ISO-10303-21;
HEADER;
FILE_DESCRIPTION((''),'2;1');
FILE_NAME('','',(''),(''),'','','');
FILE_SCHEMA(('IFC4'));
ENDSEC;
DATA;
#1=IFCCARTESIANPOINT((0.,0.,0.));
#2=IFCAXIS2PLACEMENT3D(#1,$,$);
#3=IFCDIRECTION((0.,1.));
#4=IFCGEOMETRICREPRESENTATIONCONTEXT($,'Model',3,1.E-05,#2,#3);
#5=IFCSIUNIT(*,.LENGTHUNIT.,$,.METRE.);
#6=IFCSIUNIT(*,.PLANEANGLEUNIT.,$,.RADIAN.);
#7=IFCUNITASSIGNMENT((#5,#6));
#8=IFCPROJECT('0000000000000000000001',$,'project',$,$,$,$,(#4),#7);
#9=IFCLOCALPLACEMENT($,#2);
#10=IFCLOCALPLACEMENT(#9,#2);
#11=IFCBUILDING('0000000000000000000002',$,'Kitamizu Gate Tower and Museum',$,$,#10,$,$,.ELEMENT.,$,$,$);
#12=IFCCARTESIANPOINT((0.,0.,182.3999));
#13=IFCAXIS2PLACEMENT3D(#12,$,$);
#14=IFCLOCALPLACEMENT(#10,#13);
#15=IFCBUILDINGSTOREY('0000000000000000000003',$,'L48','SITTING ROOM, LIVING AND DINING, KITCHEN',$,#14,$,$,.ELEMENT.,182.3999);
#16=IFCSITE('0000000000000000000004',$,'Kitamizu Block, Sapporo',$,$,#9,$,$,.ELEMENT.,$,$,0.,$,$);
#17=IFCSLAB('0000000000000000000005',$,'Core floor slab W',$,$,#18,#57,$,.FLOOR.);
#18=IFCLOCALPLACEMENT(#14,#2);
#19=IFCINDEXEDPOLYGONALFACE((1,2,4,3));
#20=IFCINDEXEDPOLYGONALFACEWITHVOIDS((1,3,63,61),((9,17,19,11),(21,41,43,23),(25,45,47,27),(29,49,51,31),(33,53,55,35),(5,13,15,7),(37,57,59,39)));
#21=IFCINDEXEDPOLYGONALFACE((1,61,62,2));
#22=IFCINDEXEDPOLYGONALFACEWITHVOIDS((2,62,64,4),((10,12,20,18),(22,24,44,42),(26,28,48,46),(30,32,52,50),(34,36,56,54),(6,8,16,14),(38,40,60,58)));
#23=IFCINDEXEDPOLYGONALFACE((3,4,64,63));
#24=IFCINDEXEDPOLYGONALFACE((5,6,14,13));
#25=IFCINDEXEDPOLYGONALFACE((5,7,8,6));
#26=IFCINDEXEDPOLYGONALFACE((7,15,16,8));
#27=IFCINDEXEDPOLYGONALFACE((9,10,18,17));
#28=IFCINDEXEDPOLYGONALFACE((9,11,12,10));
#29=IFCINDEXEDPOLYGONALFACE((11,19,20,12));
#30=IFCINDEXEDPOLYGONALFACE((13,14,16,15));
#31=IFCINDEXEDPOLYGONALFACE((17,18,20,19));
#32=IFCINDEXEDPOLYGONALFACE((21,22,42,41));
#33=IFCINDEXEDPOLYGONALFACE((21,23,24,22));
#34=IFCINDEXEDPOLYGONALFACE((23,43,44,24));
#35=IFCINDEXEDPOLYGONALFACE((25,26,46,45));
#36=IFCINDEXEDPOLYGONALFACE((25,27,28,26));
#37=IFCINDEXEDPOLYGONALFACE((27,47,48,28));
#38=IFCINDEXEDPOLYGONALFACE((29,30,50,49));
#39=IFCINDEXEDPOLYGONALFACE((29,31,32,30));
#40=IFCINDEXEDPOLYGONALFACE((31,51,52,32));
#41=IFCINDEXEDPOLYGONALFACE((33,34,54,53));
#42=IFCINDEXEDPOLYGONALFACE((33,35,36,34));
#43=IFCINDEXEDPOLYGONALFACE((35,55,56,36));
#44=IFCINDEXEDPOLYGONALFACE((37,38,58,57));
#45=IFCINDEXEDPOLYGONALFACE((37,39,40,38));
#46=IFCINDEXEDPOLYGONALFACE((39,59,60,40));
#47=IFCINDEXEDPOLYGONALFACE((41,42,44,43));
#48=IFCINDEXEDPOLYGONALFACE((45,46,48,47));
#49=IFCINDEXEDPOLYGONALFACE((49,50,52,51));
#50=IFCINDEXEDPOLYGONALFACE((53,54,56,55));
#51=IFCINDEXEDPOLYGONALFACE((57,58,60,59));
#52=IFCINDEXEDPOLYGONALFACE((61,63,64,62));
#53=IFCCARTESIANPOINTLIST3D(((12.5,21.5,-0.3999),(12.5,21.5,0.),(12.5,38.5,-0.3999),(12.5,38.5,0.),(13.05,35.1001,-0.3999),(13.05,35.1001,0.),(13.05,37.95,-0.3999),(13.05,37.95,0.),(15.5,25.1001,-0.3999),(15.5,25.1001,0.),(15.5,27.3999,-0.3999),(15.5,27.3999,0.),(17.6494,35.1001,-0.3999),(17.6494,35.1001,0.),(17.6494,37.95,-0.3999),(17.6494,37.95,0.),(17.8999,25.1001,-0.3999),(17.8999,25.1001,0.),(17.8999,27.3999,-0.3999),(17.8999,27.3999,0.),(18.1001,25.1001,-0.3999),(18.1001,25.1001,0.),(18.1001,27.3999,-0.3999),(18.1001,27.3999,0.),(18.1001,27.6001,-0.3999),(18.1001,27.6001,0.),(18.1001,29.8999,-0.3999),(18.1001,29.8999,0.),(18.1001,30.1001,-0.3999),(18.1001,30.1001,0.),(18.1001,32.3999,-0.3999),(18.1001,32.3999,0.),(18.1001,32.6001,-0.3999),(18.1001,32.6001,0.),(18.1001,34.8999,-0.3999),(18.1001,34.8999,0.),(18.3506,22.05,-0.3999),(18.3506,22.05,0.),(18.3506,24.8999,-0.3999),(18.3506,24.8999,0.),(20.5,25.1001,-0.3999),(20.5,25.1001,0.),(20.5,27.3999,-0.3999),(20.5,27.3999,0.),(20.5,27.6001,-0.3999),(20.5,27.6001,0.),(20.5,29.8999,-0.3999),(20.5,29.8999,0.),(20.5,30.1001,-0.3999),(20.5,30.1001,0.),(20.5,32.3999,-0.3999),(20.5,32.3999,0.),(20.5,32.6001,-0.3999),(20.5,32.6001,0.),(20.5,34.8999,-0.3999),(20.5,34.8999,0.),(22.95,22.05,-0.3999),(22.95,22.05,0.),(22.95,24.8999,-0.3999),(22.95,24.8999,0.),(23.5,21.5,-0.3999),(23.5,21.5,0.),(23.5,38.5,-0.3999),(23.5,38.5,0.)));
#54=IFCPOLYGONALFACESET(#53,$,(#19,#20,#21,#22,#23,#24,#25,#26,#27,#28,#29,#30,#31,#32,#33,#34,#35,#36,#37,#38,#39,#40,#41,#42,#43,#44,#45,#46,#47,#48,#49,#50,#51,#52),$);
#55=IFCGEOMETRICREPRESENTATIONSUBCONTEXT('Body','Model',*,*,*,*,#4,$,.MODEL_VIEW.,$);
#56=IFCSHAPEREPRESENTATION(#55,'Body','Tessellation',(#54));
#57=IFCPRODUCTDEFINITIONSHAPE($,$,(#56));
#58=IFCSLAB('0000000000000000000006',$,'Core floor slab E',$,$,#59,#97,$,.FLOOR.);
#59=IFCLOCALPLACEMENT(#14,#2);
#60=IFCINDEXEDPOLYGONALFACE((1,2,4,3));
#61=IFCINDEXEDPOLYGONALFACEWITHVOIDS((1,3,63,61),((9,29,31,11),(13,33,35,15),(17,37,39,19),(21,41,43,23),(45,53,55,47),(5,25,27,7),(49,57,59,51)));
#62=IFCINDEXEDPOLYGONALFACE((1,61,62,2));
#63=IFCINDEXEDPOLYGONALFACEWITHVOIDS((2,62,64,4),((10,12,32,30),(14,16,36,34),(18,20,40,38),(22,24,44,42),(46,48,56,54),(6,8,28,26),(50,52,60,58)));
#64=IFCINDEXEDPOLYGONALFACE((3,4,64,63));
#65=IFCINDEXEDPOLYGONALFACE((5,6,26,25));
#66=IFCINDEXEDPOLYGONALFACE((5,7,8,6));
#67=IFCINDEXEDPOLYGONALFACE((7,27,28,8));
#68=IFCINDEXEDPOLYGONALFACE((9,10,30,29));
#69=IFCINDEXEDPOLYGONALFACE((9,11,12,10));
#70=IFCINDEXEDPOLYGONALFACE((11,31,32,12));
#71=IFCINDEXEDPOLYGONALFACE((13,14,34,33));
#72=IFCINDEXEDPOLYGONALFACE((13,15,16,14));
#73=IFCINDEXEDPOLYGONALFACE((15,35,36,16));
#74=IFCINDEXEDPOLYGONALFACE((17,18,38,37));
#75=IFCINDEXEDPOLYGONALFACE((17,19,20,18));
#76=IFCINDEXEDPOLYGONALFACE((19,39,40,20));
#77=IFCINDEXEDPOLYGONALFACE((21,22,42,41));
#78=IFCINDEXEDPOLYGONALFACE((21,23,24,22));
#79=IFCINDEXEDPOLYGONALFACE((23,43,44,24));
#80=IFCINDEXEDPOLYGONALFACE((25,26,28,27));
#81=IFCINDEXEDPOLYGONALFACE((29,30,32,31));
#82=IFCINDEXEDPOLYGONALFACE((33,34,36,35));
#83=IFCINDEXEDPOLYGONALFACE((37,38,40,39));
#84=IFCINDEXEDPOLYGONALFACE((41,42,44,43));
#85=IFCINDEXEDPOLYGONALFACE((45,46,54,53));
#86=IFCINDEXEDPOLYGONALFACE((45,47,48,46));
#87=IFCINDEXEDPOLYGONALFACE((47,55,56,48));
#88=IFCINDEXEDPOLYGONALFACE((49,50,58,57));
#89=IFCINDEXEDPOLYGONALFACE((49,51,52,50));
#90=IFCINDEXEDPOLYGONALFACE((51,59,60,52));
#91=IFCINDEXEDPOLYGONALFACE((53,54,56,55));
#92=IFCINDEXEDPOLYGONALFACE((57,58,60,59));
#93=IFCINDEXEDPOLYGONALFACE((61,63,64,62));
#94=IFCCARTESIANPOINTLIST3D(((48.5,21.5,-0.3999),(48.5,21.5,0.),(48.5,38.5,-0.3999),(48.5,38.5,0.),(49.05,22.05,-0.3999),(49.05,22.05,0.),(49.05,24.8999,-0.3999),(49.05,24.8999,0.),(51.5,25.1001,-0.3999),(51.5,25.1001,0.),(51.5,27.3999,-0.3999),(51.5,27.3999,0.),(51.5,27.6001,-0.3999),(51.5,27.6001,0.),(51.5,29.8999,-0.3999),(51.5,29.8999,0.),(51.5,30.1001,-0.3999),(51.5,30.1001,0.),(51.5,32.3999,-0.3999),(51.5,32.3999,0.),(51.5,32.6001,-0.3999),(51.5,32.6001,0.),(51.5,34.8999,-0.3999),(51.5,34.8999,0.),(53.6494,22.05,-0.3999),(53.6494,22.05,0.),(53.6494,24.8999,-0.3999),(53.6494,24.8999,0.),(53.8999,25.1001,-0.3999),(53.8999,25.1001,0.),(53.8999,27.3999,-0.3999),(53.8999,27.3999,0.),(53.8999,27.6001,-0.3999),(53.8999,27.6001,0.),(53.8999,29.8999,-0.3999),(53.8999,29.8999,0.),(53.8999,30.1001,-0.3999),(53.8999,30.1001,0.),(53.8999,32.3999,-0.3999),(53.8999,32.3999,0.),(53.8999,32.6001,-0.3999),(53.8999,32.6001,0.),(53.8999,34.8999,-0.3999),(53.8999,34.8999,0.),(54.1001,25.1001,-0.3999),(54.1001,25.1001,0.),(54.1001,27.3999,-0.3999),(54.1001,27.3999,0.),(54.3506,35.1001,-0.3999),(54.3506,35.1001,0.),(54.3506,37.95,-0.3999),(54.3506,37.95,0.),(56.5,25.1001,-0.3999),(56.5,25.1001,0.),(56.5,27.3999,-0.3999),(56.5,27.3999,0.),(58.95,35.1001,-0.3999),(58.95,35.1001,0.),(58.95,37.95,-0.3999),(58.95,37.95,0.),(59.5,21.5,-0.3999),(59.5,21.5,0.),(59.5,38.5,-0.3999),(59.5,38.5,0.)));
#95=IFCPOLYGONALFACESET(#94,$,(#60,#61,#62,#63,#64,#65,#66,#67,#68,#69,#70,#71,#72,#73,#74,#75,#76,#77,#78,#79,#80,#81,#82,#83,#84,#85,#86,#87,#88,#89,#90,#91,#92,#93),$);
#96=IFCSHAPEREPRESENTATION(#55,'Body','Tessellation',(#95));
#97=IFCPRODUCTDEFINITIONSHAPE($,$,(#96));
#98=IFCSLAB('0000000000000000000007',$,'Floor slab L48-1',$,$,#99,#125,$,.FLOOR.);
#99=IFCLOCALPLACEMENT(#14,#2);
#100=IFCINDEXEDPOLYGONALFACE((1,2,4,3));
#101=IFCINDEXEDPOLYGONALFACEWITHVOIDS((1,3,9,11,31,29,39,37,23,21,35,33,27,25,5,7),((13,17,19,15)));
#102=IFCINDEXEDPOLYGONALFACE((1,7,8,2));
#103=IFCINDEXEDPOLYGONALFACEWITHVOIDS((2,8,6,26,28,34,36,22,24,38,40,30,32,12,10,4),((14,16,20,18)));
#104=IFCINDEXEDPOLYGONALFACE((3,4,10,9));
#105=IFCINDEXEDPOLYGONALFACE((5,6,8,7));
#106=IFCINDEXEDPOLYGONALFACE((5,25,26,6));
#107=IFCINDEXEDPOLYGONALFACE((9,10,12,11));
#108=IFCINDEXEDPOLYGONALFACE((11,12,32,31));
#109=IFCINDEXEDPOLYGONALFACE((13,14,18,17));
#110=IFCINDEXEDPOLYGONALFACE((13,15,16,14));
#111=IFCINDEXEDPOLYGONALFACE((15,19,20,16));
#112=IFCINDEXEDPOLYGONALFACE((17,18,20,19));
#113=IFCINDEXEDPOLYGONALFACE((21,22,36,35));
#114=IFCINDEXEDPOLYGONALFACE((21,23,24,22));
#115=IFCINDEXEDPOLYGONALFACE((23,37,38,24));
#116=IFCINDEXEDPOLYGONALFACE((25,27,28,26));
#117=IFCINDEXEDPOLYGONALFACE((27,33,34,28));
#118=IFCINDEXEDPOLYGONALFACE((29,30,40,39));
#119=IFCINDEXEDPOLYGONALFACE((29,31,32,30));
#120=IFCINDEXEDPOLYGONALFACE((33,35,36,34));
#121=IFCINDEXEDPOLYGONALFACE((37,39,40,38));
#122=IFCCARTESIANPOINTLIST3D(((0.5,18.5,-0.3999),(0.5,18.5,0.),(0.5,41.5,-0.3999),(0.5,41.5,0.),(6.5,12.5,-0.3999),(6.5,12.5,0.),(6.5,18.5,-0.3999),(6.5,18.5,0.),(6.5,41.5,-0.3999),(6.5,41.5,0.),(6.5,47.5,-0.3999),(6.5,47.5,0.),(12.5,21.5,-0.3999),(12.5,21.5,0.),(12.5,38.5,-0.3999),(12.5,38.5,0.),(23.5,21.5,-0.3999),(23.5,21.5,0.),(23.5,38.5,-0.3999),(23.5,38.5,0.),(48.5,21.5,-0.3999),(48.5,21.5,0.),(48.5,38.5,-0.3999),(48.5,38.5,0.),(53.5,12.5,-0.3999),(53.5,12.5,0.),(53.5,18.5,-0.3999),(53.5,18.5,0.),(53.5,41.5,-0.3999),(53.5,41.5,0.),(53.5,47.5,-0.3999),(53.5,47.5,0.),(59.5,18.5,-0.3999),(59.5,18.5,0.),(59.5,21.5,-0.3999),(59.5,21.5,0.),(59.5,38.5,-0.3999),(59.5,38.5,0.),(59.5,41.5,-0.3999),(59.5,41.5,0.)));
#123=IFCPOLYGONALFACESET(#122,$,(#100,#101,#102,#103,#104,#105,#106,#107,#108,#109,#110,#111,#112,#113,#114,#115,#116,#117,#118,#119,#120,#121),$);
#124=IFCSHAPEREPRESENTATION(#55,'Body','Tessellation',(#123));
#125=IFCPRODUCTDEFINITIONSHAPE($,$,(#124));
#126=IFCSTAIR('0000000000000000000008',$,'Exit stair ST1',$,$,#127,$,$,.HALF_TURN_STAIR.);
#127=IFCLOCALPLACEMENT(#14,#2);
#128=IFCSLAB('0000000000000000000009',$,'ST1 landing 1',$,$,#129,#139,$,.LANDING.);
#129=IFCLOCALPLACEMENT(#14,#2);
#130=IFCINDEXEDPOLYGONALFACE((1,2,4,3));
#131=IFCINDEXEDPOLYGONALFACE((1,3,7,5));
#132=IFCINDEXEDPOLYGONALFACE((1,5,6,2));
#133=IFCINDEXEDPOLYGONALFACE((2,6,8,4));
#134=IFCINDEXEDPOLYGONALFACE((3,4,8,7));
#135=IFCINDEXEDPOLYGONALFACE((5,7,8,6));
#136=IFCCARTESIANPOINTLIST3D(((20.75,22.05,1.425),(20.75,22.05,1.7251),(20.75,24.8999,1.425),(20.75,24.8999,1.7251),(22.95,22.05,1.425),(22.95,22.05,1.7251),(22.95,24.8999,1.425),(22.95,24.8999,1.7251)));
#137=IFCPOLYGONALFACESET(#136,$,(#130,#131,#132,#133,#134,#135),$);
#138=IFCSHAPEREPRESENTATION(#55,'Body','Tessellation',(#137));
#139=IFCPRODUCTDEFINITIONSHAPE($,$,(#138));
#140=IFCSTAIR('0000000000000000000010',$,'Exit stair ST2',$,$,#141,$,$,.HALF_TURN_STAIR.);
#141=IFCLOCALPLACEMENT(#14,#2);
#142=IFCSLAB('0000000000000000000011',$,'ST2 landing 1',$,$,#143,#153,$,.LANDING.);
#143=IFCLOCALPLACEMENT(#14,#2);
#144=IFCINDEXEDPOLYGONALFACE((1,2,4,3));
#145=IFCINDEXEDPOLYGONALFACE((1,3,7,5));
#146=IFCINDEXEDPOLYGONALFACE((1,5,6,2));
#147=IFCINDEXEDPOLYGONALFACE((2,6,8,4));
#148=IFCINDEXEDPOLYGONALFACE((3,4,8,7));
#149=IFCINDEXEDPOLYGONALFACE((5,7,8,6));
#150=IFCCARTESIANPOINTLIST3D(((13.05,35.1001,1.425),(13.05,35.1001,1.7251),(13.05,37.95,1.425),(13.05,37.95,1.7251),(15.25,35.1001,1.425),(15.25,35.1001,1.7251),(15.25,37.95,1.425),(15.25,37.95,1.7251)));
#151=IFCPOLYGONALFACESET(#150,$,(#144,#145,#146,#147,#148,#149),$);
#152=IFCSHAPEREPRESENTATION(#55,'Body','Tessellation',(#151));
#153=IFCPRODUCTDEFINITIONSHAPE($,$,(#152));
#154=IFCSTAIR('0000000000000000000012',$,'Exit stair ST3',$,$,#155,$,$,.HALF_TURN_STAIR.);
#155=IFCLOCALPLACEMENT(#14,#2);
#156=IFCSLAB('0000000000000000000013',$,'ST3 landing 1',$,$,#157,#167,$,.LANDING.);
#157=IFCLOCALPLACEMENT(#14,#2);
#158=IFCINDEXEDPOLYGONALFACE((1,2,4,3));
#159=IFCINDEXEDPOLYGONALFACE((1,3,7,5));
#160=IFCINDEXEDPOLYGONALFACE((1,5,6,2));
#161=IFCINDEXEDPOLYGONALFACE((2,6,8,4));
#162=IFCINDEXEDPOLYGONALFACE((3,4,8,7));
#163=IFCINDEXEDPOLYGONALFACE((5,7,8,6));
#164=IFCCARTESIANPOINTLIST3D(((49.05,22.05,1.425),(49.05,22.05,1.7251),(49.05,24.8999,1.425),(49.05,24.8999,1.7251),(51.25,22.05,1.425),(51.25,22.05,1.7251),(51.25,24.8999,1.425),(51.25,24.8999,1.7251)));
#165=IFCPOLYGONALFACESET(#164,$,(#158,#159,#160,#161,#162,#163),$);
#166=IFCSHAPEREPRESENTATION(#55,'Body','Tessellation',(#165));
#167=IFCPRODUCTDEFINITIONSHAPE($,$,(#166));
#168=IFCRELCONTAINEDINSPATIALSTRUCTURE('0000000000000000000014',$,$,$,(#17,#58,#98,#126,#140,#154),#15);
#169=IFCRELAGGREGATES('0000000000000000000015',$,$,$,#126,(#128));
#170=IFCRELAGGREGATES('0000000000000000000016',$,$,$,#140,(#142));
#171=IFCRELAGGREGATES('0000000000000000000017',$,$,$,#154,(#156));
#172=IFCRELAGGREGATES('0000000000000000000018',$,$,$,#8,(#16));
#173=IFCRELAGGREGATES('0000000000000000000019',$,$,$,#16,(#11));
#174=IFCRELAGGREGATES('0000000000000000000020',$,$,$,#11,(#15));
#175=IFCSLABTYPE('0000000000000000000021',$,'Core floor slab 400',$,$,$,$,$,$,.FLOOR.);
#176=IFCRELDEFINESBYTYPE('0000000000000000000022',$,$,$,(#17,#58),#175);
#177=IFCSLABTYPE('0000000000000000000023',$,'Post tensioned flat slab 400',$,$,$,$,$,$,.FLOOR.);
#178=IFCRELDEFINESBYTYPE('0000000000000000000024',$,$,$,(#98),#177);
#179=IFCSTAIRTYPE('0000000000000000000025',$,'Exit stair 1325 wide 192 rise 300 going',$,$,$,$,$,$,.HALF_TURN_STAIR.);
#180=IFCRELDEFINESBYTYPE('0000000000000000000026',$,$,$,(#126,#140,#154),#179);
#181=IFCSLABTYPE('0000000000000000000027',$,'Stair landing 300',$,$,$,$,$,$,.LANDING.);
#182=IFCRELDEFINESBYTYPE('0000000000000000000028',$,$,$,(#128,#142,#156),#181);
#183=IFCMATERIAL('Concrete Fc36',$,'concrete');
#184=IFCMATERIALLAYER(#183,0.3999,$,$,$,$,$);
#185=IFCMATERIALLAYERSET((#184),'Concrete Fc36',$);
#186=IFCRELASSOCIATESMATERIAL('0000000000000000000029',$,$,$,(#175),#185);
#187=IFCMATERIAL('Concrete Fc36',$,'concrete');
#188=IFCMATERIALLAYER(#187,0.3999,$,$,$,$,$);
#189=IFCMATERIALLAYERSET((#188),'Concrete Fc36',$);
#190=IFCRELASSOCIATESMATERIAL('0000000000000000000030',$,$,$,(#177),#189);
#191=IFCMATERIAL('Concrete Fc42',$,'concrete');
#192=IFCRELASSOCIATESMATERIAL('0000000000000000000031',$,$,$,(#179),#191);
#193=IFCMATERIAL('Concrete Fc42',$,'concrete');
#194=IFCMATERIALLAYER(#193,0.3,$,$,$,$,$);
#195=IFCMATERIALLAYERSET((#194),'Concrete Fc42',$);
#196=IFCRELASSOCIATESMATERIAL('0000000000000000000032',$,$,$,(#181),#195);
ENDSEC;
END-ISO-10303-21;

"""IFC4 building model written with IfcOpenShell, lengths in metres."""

from ifc_helpers import new_model, si_unit, direction, frame, origin, place, context, subcontext, project, spatial, polyline, outline, extrude, material, layer, layer_set, type_object, element, aggregate, save


model = new_model("IFC4")

# Units and contexts
model_context = context("Model", 3, precision=1e-05, world=origin(), true_north=direction((0.0, 1.0)))
body_context = subcontext(model_context, "Body", "Model", "MODEL_VIEW")
ifc_project = project(units=[si_unit("LENGTHUNIT", "METRE"), si_unit("PLANEANGLEUNIT", "RADIAN")], contexts=[model_context])

# Site, building, storey
site_placement = place(None, origin())
site = spatial("IfcSite", under=ifc_project, at=site_placement, Name="Kitamizu Block, Sapporo", CompositionType="ELEMENT", RefElevation=0.0)
building_placement = place(site_placement, origin())
building = spatial("IfcBuilding", under=site, at=building_placement, Name="Kitamizu Gate Tower and Museum", CompositionType="ELEMENT")
storey_placement = place(building_placement, frame((0.0, 0.0, 182.3999)))
storey = spatial("IfcBuildingStorey", under=building, at=storey_placement, Name="L48", Description="SITTING ROOM, LIVING AND DINING, KITCHEN", CompositionType="ELEMENT", Elevation=182.3999)

# Slabs
ifc_material_1 = material(Name="Concrete Fc36", Category="concrete")
ifc_layer_1 = layer(ifc_material_1, 0.3999)
ifc_layer_set_1 = layer_set([ifc_layer_1], Name="Concrete Fc36")
slab_type_1 = type_object("IfcSlabType", Name="Core floor slab 400", PredefinedType="FLOOR", material=ifc_layer_set_1)
slab_1_placement = place(storey_placement, frame((0.0, 0.0, -0.3999)))
element("IfcSlab", 1, at=slab_1_placement, inside=storey, type_object=slab_type_1, Name="Core floor slab W", PredefinedType="FLOOR", context=body_context, shape_type="SweptSolid", body=[
    extrude(outline(polyline([(12.5, 21.5), (23.5, 21.5), (23.5, 38.5), (12.5, 38.5), (12.5, 21.5)]), holes=[polyline([(15.5, 25.1001), (17.8999, 25.1001), (17.8999, 27.3999), (15.5, 27.3999), (15.5, 25.1001)]), polyline([(18.1001, 25.1001), (20.5, 25.1001), (20.5, 27.3999), (18.1001, 27.3999), (18.1001, 25.1001)]), polyline([(18.1001, 27.6001), (20.5, 27.6001), (20.5, 29.8999), (18.1001, 29.8999), (18.1001, 27.6001)]), polyline([(18.1001, 30.1001), (20.5, 30.1001), (20.5, 32.3999), (18.1001, 32.3999), (18.1001, 30.1001)]), polyline([(18.1001, 32.6001), (20.5, 32.6001), (20.5, 34.8999), (18.1001, 34.8999), (18.1001, 32.6001)]), polyline([(18.3506, 22.05), (22.95, 22.05), (22.95, 24.8999), (18.3506, 24.8999), (18.3506, 22.05)]), polyline([(13.05, 35.1001), (17.6494, 35.1001), (17.6494, 37.95), (13.05, 37.95), (13.05, 35.1001)])]), origin(), (0.0, 0.0, 1.0), 0.3999),
])
slab_2_placement = place(storey_placement, frame((0.0, 0.0, -0.3999)))
element("IfcSlab", 2, at=slab_2_placement, inside=storey, type_object=slab_type_1, Name="Core floor slab E", PredefinedType="FLOOR", context=body_context, shape_type="SweptSolid", body=[
    extrude(outline(polyline([(48.5, 21.5), (59.5, 21.5), (59.5, 38.5), (48.5, 38.5), (48.5, 21.5)]), holes=[polyline([(54.1001, 25.1001), (56.5, 25.1001), (56.5, 27.3999), (54.1001, 27.3999), (54.1001, 25.1001)]), polyline([(51.5, 25.1001), (53.8999, 25.1001), (53.8999, 27.3999), (51.5, 27.3999), (51.5, 25.1001)]), polyline([(51.5, 27.6001), (53.8999, 27.6001), (53.8999, 29.8999), (51.5, 29.8999), (51.5, 27.6001)]), polyline([(51.5, 30.1001), (53.8999, 30.1001), (53.8999, 32.3999), (51.5, 32.3999), (51.5, 30.1001)]), polyline([(51.5, 32.6001), (53.8999, 32.6001), (53.8999, 34.8999), (51.5, 34.8999), (51.5, 32.6001)]), polyline([(49.05, 22.05), (53.6494, 22.05), (53.6494, 24.8999), (49.05, 24.8999), (49.05, 22.05)]), polyline([(54.3506, 35.1001), (58.95, 35.1001), (58.95, 37.95), (54.3506, 37.95), (54.3506, 35.1001)])]), origin(), (0.0, 0.0, 1.0), 0.3999),
])
ifc_material_2 = material(Name="Concrete Fc36", Category="concrete")
ifc_layer_2 = layer(ifc_material_2, 0.3999)
ifc_layer_set_2 = layer_set([ifc_layer_2], Name="Concrete Fc36")
slab_type_2 = type_object("IfcSlabType", Name="Post tensioned flat slab 400", PredefinedType="FLOOR", material=ifc_layer_set_2)
slab_3_placement = place(storey_placement, frame((0.0, 0.0, -0.3999)))
element("IfcSlab", 3, at=slab_3_placement, inside=storey, type_object=slab_type_2, Name="Floor slab L48-1", PredefinedType="FLOOR", context=body_context, shape_type="SweptSolid", body=[
    extrude(outline(polyline([(0.5, 18.5), (0.5, 41.5), (6.5, 41.5), (6.5, 47.5), (53.5, 47.5), (53.5, 41.5), (59.5, 41.5), (59.5, 38.5), (48.5, 38.5), (48.5, 21.5), (59.5, 21.5), (59.5, 18.5), (53.5, 18.5), (53.5, 12.5), (6.5, 12.5), (6.5, 18.5), (0.5, 18.5)]), holes=[polyline([(12.5, 38.5), (12.5, 21.5), (23.5, 21.5), (23.5, 38.5), (12.5, 38.5)])]), origin(), (0.0, 0.0, 1.0), 0.3999),
])

# Stairs, slabs
ifc_material_3 = material(Name="Concrete Fc42", Category="concrete")
stair_type = type_object("IfcStairType", Name="Exit stair 1325 wide 192 rise 300 going", PredefinedType="HALF_TURN_STAIR", material=ifc_material_3)
stair_1_placement = place(storey_placement, origin())
stair_1 = element("IfcStair", 4, at=stair_1_placement, inside=storey, type_object=stair_type, Name="Exit stair ST1", PredefinedType="HALF_TURN_STAIR")
ifc_material_4 = material(Name="Concrete Fc42", Category="concrete")
ifc_layer_3 = layer(ifc_material_4, 0.3)
ifc_layer_set_3 = layer_set([ifc_layer_3], Name="Concrete Fc42")
slab_type_3 = type_object("IfcSlabType", Name="Stair landing 300", PredefinedType="LANDING", material=ifc_layer_set_3)
slab_4_placement = place(storey_placement, frame((0.0, 0.0, 1.425)))
slab_4 = element("IfcSlab", 5, at=slab_4_placement, type_object=slab_type_3, Name="ST1 landing 1", PredefinedType="LANDING", context=body_context, shape_type="SweptSolid", body=[
    extrude(outline(polyline([(20.75, 22.05), (22.95, 22.05), (22.95, 24.8999), (20.75, 24.8999), (20.75, 22.05)])), origin(), (0.0, 0.0, 1.0), 0.3),
])
aggregate(stair_1, [slab_4])
stair_2_placement = place(storey_placement, origin())
stair_2 = element("IfcStair", 6, at=stair_2_placement, inside=storey, type_object=stair_type, Name="Exit stair ST2", PredefinedType="HALF_TURN_STAIR")
slab_5_placement = place(storey_placement, frame((0.0, 0.0, 1.425)))
slab_5 = element("IfcSlab", 7, at=slab_5_placement, type_object=slab_type_3, Name="ST2 landing 1", PredefinedType="LANDING", context=body_context, shape_type="SweptSolid", body=[
    extrude(outline(polyline([(13.05, 35.1001), (15.25, 35.1001), (15.25, 37.95), (13.05, 37.95), (13.05, 35.1001)])), origin(), (0.0, 0.0, 1.0), 0.3),
])
aggregate(stair_2, [slab_5])
stair_3_placement = place(storey_placement, origin())
stair_3 = element("IfcStair", 8, at=stair_3_placement, inside=storey, type_object=stair_type, Name="Exit stair ST3", PredefinedType="HALF_TURN_STAIR")
slab_6_placement = place(storey_placement, frame((0.0, 0.0, 1.425)))
slab_6 = element("IfcSlab", 9, at=slab_6_placement, type_object=slab_type_3, Name="ST3 landing 1", PredefinedType="LANDING", context=body_context, shape_type="SweptSolid", body=[
    extrude(outline(polyline([(49.05, 22.05), (51.25, 22.05), (51.25, 24.8999), (49.05, 24.8999), (49.05, 22.05)])), origin(), (0.0, 0.0, 1.0), 0.3),
])
aggregate(stair_3, [slab_6])

save(model, "model.ifc")
